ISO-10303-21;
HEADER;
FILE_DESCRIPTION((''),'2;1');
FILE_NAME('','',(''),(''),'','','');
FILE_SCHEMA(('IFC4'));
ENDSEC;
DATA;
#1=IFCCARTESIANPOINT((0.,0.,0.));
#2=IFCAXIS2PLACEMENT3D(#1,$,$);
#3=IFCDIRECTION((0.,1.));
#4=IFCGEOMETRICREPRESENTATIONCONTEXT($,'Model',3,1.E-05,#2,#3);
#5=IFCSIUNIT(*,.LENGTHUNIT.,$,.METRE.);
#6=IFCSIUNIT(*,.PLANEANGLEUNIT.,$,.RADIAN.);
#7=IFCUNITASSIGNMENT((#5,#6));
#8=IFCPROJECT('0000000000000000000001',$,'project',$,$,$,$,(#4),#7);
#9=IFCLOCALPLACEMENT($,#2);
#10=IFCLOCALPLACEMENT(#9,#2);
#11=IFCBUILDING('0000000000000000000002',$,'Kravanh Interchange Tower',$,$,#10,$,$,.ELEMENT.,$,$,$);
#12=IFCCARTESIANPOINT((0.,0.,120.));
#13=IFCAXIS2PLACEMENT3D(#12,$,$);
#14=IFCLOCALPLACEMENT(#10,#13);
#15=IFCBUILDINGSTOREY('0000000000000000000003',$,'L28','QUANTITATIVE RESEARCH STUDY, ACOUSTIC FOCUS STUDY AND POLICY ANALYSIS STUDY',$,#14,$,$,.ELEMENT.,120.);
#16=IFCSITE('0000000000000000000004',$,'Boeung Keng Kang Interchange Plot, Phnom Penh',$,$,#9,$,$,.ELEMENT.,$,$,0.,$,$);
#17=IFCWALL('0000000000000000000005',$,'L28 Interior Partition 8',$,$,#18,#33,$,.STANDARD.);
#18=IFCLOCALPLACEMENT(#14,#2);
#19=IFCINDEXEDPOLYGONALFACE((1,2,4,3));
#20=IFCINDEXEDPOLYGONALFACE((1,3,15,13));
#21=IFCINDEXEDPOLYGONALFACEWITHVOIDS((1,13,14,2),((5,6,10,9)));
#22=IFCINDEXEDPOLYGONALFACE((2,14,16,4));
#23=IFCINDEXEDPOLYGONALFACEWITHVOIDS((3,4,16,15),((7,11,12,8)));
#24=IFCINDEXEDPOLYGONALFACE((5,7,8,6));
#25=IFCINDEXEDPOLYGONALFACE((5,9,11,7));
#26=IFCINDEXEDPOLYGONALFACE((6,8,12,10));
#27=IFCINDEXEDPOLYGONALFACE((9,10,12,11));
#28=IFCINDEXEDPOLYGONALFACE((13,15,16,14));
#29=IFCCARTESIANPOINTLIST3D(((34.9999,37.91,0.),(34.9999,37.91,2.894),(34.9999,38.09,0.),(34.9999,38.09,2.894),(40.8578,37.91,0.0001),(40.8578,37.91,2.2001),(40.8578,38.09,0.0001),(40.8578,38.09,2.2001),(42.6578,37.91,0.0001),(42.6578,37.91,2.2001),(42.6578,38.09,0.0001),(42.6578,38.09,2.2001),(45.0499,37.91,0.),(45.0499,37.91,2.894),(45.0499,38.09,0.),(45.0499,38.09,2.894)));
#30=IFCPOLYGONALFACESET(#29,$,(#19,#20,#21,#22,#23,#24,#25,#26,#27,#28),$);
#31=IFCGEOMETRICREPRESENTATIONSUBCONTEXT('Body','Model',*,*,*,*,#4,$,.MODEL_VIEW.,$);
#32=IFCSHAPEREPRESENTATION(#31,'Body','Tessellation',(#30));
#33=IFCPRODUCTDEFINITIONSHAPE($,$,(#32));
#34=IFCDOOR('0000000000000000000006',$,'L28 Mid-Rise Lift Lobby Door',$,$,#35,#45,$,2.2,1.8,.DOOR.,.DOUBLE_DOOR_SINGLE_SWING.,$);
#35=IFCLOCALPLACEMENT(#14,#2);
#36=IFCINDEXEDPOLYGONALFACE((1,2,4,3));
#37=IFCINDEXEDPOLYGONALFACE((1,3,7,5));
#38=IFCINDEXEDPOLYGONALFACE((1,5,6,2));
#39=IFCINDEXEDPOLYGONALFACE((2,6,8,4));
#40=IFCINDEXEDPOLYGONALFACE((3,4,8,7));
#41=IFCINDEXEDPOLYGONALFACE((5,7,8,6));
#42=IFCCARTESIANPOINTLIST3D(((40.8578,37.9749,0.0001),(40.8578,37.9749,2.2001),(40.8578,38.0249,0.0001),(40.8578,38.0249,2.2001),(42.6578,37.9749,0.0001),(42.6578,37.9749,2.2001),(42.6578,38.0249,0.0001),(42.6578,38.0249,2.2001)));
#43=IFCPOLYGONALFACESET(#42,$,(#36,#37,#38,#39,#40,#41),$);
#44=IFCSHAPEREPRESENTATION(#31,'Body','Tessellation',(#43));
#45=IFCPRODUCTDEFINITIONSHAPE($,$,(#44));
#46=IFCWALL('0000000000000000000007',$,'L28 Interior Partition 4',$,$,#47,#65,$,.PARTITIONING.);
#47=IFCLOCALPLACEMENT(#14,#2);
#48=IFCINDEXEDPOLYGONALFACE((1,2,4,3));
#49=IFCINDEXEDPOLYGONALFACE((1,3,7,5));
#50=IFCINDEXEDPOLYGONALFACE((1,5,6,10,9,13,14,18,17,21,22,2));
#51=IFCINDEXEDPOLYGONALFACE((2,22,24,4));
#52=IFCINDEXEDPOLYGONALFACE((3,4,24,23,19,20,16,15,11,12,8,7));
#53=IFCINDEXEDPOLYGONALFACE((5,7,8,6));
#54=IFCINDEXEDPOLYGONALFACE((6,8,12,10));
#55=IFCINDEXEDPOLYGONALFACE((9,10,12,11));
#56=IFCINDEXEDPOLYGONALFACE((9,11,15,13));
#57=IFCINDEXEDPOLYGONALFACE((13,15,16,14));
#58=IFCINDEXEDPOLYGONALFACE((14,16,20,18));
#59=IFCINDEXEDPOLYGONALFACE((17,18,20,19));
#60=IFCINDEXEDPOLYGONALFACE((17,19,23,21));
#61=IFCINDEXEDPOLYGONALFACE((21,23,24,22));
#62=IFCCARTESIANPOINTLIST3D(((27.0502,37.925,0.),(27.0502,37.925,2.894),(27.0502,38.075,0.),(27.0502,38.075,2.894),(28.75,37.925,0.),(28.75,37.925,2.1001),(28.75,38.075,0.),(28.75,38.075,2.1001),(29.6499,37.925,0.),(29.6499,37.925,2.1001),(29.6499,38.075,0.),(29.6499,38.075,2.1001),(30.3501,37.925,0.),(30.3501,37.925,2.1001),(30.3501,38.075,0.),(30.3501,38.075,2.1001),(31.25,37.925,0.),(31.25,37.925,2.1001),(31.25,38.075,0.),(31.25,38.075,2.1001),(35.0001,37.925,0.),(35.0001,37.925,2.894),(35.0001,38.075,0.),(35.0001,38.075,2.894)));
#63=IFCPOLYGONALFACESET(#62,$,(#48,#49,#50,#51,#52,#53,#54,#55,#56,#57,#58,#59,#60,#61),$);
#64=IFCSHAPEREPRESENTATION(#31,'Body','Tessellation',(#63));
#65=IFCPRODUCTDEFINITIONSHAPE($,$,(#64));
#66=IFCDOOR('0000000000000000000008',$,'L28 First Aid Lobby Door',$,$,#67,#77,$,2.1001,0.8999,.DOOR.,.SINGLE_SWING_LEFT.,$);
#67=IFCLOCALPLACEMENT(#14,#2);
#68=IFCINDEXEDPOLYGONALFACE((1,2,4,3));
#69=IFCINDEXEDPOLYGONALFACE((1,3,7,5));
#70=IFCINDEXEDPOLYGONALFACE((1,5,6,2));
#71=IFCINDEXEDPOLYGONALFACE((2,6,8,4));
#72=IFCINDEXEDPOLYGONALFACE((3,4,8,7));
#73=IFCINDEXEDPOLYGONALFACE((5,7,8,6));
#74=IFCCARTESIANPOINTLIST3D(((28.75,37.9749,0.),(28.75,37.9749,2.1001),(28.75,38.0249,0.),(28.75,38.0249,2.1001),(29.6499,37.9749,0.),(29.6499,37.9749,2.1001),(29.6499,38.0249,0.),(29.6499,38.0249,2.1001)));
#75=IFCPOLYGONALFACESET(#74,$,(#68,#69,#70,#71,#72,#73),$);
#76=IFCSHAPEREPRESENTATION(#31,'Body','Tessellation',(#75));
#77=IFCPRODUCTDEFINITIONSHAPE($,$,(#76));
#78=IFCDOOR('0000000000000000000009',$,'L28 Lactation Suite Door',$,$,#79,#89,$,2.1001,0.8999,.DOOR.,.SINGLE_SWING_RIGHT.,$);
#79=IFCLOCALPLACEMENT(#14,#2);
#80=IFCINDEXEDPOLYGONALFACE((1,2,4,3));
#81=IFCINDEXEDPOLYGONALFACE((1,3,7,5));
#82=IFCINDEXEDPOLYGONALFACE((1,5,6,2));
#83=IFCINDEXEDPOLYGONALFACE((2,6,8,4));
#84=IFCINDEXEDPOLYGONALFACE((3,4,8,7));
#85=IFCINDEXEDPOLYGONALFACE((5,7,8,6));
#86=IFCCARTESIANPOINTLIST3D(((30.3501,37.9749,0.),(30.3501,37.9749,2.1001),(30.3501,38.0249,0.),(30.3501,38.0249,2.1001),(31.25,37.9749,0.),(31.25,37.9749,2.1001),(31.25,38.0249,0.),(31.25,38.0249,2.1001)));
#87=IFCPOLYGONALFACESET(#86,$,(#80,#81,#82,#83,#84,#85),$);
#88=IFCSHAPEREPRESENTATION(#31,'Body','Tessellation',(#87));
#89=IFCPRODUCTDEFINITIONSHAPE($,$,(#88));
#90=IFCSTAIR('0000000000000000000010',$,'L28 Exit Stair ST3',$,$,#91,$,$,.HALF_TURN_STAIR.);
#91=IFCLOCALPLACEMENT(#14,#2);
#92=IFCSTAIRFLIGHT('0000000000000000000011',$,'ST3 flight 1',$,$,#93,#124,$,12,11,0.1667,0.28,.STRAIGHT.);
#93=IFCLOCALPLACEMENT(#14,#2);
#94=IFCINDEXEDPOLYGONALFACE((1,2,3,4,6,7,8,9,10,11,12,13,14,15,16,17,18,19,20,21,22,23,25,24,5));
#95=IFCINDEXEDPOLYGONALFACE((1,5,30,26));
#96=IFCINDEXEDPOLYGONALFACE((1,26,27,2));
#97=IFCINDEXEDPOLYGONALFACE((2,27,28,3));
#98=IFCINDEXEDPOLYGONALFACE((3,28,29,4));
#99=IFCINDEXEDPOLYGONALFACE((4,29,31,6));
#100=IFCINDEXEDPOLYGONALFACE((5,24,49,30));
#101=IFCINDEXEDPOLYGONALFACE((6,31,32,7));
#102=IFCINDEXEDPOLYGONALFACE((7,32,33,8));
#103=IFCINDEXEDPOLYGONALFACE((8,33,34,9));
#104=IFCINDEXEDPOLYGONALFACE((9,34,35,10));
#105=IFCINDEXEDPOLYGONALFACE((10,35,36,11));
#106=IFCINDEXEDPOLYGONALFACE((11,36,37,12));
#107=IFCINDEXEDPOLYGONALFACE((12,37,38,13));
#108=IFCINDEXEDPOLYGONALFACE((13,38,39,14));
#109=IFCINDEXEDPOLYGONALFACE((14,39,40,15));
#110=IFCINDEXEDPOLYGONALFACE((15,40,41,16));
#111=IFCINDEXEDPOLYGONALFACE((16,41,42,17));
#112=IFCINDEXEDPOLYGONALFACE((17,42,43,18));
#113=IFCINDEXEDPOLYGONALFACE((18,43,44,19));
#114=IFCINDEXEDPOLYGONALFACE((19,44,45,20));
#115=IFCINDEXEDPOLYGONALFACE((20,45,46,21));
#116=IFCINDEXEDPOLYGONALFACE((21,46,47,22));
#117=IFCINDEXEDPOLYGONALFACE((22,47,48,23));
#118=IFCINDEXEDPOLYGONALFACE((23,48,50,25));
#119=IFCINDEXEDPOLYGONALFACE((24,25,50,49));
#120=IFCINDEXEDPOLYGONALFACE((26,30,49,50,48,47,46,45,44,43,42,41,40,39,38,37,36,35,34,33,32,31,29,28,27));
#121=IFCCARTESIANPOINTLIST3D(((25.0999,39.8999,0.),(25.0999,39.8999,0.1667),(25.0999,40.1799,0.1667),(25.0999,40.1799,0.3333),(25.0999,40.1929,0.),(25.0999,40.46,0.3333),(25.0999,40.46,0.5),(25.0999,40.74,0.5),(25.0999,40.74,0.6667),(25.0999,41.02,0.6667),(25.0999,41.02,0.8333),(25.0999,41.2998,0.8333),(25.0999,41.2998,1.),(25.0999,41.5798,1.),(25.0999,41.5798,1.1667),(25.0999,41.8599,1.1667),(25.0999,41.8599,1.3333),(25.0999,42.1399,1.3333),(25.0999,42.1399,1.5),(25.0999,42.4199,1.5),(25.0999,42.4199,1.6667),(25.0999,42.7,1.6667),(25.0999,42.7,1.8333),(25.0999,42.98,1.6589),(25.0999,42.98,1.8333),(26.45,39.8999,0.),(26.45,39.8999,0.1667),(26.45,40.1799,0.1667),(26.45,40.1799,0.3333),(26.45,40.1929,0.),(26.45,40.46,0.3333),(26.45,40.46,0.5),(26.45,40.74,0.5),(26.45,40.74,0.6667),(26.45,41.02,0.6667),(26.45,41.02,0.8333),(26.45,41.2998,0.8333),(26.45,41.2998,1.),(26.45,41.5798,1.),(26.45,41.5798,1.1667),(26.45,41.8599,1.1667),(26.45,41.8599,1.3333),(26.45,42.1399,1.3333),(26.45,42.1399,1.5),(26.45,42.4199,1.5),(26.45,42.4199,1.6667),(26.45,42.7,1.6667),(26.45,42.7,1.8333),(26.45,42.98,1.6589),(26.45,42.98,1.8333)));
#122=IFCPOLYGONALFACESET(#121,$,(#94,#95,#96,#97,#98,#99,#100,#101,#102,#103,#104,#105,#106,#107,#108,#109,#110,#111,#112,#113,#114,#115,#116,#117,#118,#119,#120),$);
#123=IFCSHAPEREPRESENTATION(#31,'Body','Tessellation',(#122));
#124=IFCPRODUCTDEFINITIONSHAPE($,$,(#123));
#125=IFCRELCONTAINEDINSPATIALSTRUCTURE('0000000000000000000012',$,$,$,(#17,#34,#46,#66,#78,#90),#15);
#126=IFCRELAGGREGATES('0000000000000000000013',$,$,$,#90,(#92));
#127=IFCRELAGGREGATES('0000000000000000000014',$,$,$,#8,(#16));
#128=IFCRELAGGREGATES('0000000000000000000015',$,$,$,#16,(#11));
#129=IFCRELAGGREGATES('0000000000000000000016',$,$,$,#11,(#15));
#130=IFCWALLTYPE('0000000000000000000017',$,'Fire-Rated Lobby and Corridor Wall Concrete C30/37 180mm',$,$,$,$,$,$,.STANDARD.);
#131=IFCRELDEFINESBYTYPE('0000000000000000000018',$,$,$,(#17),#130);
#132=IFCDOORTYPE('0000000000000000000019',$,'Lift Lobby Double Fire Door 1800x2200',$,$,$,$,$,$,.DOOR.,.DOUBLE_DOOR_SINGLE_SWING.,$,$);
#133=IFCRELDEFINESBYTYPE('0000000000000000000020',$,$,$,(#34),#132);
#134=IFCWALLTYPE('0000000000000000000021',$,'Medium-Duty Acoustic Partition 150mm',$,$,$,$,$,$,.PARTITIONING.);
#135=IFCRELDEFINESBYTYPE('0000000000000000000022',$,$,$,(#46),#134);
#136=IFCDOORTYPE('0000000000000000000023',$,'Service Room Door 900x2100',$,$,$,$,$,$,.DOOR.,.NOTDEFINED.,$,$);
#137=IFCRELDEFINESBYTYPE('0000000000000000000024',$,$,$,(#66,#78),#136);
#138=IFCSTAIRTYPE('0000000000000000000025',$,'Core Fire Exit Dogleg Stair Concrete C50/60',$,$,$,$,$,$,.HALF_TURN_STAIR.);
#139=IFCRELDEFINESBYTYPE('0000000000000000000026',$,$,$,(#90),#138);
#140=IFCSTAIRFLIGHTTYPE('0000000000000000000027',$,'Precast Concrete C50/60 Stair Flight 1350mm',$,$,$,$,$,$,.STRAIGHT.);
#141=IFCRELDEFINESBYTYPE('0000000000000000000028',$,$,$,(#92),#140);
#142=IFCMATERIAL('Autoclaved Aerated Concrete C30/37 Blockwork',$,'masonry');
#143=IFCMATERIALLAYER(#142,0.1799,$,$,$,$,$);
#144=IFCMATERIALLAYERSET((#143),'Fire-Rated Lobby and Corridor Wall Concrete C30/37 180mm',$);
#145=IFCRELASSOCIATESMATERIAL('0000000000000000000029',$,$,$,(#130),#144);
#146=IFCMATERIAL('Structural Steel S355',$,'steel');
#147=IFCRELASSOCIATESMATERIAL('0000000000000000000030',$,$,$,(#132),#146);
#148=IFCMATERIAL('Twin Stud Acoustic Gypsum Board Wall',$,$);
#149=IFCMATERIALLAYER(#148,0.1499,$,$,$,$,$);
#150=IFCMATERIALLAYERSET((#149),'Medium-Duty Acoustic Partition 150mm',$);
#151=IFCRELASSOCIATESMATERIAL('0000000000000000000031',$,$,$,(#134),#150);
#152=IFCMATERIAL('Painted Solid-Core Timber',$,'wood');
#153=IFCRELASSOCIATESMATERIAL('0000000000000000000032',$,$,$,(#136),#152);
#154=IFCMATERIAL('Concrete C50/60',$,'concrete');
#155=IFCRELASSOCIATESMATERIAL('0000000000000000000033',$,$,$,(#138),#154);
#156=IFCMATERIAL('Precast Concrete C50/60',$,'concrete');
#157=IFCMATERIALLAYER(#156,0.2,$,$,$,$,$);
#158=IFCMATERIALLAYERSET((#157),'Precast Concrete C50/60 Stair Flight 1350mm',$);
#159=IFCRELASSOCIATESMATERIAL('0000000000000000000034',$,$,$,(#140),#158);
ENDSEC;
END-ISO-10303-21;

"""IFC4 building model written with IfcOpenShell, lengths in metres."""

from ifc_helpers import new_model, si_unit, direction, frame, frame_2d, origin, place, context, subcontext, project, spatial, polyline, rectangle, outline, extrude, material, layer, layer_set, type_object, element, fill, aggregate, save


model = new_model("IFC4")

# Units and contexts
model_context = context("Model", 3, precision=1e-05, world=origin(), true_north=direction((0.0, 1.0)))
body_context = subcontext(model_context, "Body", "Model", "MODEL_VIEW")
ifc_project = project(units=[si_unit("LENGTHUNIT", "METRE"), si_unit("PLANEANGLEUNIT", "RADIAN")], contexts=[model_context])

# Site, building, storey
site_placement = place(None, origin())
site = spatial("IfcSite", under=ifc_project, at=site_placement, Name="Boeung Keng Kang Interchange Plot, Phnom Penh", CompositionType="ELEMENT", RefElevation=0.0)
building_placement = place(site_placement, origin())
building = spatial("IfcBuilding", under=site, at=building_placement, Name="Kravanh Interchange Tower", CompositionType="ELEMENT")
storey_placement = place(building_placement, frame((0.0, 0.0, 120.0)))
storey = spatial("IfcBuildingStorey", under=building, at=storey_placement, Name="L28", Description="QUANTITATIVE RESEARCH STUDY, ACOUSTIC FOCUS STUDY AND POLICY ANALYSIS STUDY", CompositionType="ELEMENT", Elevation=120.0)

# Shared definitions
ifc_material_1 = material(Name="Autoclaved Aerated Concrete C30/37 Blockwork", Category="masonry")
ifc_layer_1 = layer(ifc_material_1, 0.1799)
ifc_layer_set_1 = layer_set([ifc_layer_1], Name="Fire-Rated Lobby and Corridor Wall Concrete C30/37 180mm")
wall_type_1 = type_object("IfcWallType", Name="Fire-Rated Lobby and Corridor Wall Concrete C30/37 180mm", PredefinedType="STANDARD", material=ifc_layer_set_1)

# Wall, opening, door
wall_1_placement = place(storey_placement, frame((35.0, 38.0, 0.0), z_axis=(0.0, 0.0, 1.0), x_axis=(1.0, 0.0, 0.0)))
wall_1 = element("IfcWall", 1, at=wall_1_placement, inside=storey, type_object=wall_type_1, Name="L28 Interior Partition 8", PredefinedType="STANDARD", context=body_context, shape_type="SweptSolid", body=[
    extrude(rectangle(XDim=10.05, YDim=0.1799, at=frame_2d((5.0249, 0.0))), origin(), (0.0, 0.0, 1.0), 2.894),
])
opening_1_placement = place(wall_1_placement, frame((5.8579, 0.0, 0.0)))
opening_1 = element("IfcOpeningElement", 2, at=opening_1_placement, cuts=wall_1, PredefinedType="OPENING", context=body_context, shape_type="SweptSolid", body=[
    extrude(rectangle(XDim=1.8, YDim=2.2, at=frame_2d((0.8999, 1.1001))), frame((0.0, 0.1001, 0.0), z_axis=(0.0, -1.0, 0.0), x_axis=(1.0, 0.0, 0.0)), (0.0, 0.0, 1.0), 0.2),
])
ifc_material_2 = material(Name="Structural Steel S355", Category="steel")
door_type_1 = type_object("IfcDoorType", Name="Lift Lobby Double Fire Door 1800x2200", OperationType="DOUBLE_DOOR_SINGLE_SWING", PredefinedType="DOOR", material=ifc_material_2)
door_1_placement = place(opening_1_placement, origin())
door_1 = element("IfcDoor", 3, at=door_1_placement, inside=storey, type_object=door_type_1, Name="L28 Mid-Rise Lift Lobby Door", OperationType="DOUBLE_DOOR_SINGLE_SWING", OverallHeight=2.2, OverallWidth=1.8, PredefinedType="DOOR", context=body_context, shape_type="SweptSolid", body=[
    extrude(rectangle(XDim=1.8, YDim=2.2, at=frame_2d((0.8999, 1.1001))), frame((0.0, 0.0249, 0.0), z_axis=(0.0, -1.0, 0.0), x_axis=(1.0, 0.0, 0.0)), (0.0, 0.0, 1.0), 0.05),
])
fill(opening_1, door_1)

# Wall, openings, doors
ifc_material_3 = material(Name="Twin Stud Acoustic Gypsum Board Wall")
ifc_layer_2 = layer(ifc_material_3, 0.1499)
ifc_layer_set_2 = layer_set([ifc_layer_2], Name="Medium-Duty Acoustic Partition 150mm")
wall_type_2 = type_object("IfcWallType", Name="Medium-Duty Acoustic Partition 150mm", PredefinedType="PARTITIONING", material=ifc_layer_set_2)
wall_2_placement = place(storey_placement, frame((27.05, 38.0, 0.0), z_axis=(0.0, 0.0, 1.0), x_axis=(1.0, 0.0, 0.0)))
wall_2 = element("IfcWall", 4, at=wall_2_placement, inside=storey, type_object=wall_type_2, Name="L28 Interior Partition 4", PredefinedType="PARTITIONING", context=body_context, shape_type="SweptSolid", body=[
    extrude(rectangle(XDim=7.95, YDim=0.1499, at=frame_2d((3.9751, 0.0))), origin(), (0.0, 0.0, 1.0), 2.894),
])
opening_2_placement = place(wall_2_placement, frame((1.7, 0.0, 0.0)))
opening_2 = element("IfcOpeningElement", 5, at=opening_2_placement, cuts=wall_2, PredefinedType="OPENING", context=body_context, shape_type="SweptSolid", body=[
    extrude(rectangle(XDim=0.8999, YDim=2.1001, at=frame_2d((0.45, 1.05))), frame((0.0, 0.085, 0.0), z_axis=(0.0, -1.0, 0.0), x_axis=(1.0, 0.0, 0.0)), (0.0, 0.0, 1.0), 0.1699),
])
opening_3_placement = place(wall_2_placement, frame((3.3, 0.0, 0.0)))
opening_3 = element("IfcOpeningElement", 6, at=opening_3_placement, cuts=wall_2, PredefinedType="OPENING", context=body_context, shape_type="SweptSolid", body=[
    extrude(rectangle(XDim=0.8999, YDim=2.1001, at=frame_2d((0.45, 1.05))), frame((0.0, 0.085, 0.0), z_axis=(0.0, -1.0, 0.0), x_axis=(1.0, 0.0, 0.0)), (0.0, 0.0, 1.0), 0.1699),
])
ifc_material_4 = material(Name="Painted Solid-Core Timber", Category="wood")
door_type_2 = type_object("IfcDoorType", Name="Service Room Door 900x2100", OperationType="NOTDEFINED", PredefinedType="DOOR", material=ifc_material_4)
door_2_placement = place(opening_2_placement, origin())
door_2 = element("IfcDoor", 7, at=door_2_placement, inside=storey, type_object=door_type_2, Name="L28 First Aid Lobby Door", OperationType="SINGLE_SWING_LEFT", OverallHeight=2.1001, OverallWidth=0.8999, PredefinedType="DOOR", context=body_context, shape_type="SweptSolid", body=[
    extrude(rectangle(XDim=0.8999, YDim=2.1001, at=frame_2d((0.45, 1.05))), frame((0.0, 0.0249, 0.0), z_axis=(0.0, -1.0, 0.0), x_axis=(1.0, 0.0, 0.0)), (0.0, 0.0, 1.0), 0.05),
])
fill(opening_2, door_2)
door_3_placement = place(opening_3_placement, origin())
door_3 = element("IfcDoor", 8, at=door_3_placement, inside=storey, type_object=door_type_2, Name="L28 Lactation Suite Door", OperationType="SINGLE_SWING_RIGHT", OverallHeight=2.1001, OverallWidth=0.8999, PredefinedType="DOOR", context=body_context, shape_type="SweptSolid", body=[
    extrude(rectangle(XDim=0.8999, YDim=2.1001, at=frame_2d((0.45, 1.05))), frame((0.0, 0.0249, 0.0), z_axis=(0.0, -1.0, 0.0), x_axis=(1.0, 0.0, 0.0)), (0.0, 0.0, 1.0), 0.05),
])
fill(opening_3, door_3)

# Stair, stair flight
ifc_material_5 = material(Name="Concrete C50/60", Category="concrete")
stair_type = type_object("IfcStairType", Name="Core Fire Exit Dogleg Stair Concrete C50/60", PredefinedType="HALF_TURN_STAIR", material=ifc_material_5)
stair_placement = place(storey_placement, origin())
stair = element("IfcStair", 9, at=stair_placement, inside=storey, type_object=stair_type, Name="L28 Exit Stair ST3", PredefinedType="HALF_TURN_STAIR")
ifc_material_6 = material(Name="Precast Concrete C50/60", Category="concrete")
ifc_layer_3 = layer(ifc_material_6, 0.2)
ifc_layer_set_3 = layer_set([ifc_layer_3], Name="Precast Concrete C50/60 Stair Flight 1350mm")
stair_flight_type = type_object("IfcStairFlightType", Name="Precast Concrete C50/60 Stair Flight 1350mm", PredefinedType="STRAIGHT", material=ifc_layer_set_3)
stair_flight_placement = place(storey_placement, frame((25.7749, 39.8999, 0.0), z_axis=(0.0, 0.0, 1.0), x_axis=(0.0, 1.0, 0.0)))
stair_flight = element("IfcStairFlight", 10, at=stair_flight_placement, type_object=stair_flight_type, Name="ST3 flight 1", NumberOfRisers=12, NumberOfTreads=11, PredefinedType="STRAIGHT", RiserHeight=0.1667, TreadLength=0.28, context=body_context, shape_type="SweptSolid", body=[
    extrude(outline(polyline([(0.0, 0.0), (0.0, 0.1667), (0.28, 0.1667), (0.28, 0.3333), (0.5601, 0.3333), (0.5601, 0.5), (0.8401, 0.5), (0.8401, 0.6667), (1.1201, 0.6667), (1.1201, 0.8333), (1.3999, 0.8333), (1.3999, 1.0), (1.6799, 1.0), (1.6799, 1.1667), (1.96, 1.1667), (1.96, 1.3333), (2.24, 1.3333), (2.24, 1.5), (2.52, 1.5), (2.52, 1.6667), (2.8, 1.6667), (2.8, 1.8333), (3.0801, 1.8333), (3.0801, 2.0), (3.0801, 1.6589), (0.293, 0.0), (0.0, 0.0)])), frame((0.0, 0.675, 0.0), z_axis=(0.0, -1.0, 0.0), x_axis=(1.0, 0.0, 0.0)), (0.0, 0.0, 1.0), 1.3501),
])
aggregate(stair, [stair_flight])

save(model, "model.ifc")
